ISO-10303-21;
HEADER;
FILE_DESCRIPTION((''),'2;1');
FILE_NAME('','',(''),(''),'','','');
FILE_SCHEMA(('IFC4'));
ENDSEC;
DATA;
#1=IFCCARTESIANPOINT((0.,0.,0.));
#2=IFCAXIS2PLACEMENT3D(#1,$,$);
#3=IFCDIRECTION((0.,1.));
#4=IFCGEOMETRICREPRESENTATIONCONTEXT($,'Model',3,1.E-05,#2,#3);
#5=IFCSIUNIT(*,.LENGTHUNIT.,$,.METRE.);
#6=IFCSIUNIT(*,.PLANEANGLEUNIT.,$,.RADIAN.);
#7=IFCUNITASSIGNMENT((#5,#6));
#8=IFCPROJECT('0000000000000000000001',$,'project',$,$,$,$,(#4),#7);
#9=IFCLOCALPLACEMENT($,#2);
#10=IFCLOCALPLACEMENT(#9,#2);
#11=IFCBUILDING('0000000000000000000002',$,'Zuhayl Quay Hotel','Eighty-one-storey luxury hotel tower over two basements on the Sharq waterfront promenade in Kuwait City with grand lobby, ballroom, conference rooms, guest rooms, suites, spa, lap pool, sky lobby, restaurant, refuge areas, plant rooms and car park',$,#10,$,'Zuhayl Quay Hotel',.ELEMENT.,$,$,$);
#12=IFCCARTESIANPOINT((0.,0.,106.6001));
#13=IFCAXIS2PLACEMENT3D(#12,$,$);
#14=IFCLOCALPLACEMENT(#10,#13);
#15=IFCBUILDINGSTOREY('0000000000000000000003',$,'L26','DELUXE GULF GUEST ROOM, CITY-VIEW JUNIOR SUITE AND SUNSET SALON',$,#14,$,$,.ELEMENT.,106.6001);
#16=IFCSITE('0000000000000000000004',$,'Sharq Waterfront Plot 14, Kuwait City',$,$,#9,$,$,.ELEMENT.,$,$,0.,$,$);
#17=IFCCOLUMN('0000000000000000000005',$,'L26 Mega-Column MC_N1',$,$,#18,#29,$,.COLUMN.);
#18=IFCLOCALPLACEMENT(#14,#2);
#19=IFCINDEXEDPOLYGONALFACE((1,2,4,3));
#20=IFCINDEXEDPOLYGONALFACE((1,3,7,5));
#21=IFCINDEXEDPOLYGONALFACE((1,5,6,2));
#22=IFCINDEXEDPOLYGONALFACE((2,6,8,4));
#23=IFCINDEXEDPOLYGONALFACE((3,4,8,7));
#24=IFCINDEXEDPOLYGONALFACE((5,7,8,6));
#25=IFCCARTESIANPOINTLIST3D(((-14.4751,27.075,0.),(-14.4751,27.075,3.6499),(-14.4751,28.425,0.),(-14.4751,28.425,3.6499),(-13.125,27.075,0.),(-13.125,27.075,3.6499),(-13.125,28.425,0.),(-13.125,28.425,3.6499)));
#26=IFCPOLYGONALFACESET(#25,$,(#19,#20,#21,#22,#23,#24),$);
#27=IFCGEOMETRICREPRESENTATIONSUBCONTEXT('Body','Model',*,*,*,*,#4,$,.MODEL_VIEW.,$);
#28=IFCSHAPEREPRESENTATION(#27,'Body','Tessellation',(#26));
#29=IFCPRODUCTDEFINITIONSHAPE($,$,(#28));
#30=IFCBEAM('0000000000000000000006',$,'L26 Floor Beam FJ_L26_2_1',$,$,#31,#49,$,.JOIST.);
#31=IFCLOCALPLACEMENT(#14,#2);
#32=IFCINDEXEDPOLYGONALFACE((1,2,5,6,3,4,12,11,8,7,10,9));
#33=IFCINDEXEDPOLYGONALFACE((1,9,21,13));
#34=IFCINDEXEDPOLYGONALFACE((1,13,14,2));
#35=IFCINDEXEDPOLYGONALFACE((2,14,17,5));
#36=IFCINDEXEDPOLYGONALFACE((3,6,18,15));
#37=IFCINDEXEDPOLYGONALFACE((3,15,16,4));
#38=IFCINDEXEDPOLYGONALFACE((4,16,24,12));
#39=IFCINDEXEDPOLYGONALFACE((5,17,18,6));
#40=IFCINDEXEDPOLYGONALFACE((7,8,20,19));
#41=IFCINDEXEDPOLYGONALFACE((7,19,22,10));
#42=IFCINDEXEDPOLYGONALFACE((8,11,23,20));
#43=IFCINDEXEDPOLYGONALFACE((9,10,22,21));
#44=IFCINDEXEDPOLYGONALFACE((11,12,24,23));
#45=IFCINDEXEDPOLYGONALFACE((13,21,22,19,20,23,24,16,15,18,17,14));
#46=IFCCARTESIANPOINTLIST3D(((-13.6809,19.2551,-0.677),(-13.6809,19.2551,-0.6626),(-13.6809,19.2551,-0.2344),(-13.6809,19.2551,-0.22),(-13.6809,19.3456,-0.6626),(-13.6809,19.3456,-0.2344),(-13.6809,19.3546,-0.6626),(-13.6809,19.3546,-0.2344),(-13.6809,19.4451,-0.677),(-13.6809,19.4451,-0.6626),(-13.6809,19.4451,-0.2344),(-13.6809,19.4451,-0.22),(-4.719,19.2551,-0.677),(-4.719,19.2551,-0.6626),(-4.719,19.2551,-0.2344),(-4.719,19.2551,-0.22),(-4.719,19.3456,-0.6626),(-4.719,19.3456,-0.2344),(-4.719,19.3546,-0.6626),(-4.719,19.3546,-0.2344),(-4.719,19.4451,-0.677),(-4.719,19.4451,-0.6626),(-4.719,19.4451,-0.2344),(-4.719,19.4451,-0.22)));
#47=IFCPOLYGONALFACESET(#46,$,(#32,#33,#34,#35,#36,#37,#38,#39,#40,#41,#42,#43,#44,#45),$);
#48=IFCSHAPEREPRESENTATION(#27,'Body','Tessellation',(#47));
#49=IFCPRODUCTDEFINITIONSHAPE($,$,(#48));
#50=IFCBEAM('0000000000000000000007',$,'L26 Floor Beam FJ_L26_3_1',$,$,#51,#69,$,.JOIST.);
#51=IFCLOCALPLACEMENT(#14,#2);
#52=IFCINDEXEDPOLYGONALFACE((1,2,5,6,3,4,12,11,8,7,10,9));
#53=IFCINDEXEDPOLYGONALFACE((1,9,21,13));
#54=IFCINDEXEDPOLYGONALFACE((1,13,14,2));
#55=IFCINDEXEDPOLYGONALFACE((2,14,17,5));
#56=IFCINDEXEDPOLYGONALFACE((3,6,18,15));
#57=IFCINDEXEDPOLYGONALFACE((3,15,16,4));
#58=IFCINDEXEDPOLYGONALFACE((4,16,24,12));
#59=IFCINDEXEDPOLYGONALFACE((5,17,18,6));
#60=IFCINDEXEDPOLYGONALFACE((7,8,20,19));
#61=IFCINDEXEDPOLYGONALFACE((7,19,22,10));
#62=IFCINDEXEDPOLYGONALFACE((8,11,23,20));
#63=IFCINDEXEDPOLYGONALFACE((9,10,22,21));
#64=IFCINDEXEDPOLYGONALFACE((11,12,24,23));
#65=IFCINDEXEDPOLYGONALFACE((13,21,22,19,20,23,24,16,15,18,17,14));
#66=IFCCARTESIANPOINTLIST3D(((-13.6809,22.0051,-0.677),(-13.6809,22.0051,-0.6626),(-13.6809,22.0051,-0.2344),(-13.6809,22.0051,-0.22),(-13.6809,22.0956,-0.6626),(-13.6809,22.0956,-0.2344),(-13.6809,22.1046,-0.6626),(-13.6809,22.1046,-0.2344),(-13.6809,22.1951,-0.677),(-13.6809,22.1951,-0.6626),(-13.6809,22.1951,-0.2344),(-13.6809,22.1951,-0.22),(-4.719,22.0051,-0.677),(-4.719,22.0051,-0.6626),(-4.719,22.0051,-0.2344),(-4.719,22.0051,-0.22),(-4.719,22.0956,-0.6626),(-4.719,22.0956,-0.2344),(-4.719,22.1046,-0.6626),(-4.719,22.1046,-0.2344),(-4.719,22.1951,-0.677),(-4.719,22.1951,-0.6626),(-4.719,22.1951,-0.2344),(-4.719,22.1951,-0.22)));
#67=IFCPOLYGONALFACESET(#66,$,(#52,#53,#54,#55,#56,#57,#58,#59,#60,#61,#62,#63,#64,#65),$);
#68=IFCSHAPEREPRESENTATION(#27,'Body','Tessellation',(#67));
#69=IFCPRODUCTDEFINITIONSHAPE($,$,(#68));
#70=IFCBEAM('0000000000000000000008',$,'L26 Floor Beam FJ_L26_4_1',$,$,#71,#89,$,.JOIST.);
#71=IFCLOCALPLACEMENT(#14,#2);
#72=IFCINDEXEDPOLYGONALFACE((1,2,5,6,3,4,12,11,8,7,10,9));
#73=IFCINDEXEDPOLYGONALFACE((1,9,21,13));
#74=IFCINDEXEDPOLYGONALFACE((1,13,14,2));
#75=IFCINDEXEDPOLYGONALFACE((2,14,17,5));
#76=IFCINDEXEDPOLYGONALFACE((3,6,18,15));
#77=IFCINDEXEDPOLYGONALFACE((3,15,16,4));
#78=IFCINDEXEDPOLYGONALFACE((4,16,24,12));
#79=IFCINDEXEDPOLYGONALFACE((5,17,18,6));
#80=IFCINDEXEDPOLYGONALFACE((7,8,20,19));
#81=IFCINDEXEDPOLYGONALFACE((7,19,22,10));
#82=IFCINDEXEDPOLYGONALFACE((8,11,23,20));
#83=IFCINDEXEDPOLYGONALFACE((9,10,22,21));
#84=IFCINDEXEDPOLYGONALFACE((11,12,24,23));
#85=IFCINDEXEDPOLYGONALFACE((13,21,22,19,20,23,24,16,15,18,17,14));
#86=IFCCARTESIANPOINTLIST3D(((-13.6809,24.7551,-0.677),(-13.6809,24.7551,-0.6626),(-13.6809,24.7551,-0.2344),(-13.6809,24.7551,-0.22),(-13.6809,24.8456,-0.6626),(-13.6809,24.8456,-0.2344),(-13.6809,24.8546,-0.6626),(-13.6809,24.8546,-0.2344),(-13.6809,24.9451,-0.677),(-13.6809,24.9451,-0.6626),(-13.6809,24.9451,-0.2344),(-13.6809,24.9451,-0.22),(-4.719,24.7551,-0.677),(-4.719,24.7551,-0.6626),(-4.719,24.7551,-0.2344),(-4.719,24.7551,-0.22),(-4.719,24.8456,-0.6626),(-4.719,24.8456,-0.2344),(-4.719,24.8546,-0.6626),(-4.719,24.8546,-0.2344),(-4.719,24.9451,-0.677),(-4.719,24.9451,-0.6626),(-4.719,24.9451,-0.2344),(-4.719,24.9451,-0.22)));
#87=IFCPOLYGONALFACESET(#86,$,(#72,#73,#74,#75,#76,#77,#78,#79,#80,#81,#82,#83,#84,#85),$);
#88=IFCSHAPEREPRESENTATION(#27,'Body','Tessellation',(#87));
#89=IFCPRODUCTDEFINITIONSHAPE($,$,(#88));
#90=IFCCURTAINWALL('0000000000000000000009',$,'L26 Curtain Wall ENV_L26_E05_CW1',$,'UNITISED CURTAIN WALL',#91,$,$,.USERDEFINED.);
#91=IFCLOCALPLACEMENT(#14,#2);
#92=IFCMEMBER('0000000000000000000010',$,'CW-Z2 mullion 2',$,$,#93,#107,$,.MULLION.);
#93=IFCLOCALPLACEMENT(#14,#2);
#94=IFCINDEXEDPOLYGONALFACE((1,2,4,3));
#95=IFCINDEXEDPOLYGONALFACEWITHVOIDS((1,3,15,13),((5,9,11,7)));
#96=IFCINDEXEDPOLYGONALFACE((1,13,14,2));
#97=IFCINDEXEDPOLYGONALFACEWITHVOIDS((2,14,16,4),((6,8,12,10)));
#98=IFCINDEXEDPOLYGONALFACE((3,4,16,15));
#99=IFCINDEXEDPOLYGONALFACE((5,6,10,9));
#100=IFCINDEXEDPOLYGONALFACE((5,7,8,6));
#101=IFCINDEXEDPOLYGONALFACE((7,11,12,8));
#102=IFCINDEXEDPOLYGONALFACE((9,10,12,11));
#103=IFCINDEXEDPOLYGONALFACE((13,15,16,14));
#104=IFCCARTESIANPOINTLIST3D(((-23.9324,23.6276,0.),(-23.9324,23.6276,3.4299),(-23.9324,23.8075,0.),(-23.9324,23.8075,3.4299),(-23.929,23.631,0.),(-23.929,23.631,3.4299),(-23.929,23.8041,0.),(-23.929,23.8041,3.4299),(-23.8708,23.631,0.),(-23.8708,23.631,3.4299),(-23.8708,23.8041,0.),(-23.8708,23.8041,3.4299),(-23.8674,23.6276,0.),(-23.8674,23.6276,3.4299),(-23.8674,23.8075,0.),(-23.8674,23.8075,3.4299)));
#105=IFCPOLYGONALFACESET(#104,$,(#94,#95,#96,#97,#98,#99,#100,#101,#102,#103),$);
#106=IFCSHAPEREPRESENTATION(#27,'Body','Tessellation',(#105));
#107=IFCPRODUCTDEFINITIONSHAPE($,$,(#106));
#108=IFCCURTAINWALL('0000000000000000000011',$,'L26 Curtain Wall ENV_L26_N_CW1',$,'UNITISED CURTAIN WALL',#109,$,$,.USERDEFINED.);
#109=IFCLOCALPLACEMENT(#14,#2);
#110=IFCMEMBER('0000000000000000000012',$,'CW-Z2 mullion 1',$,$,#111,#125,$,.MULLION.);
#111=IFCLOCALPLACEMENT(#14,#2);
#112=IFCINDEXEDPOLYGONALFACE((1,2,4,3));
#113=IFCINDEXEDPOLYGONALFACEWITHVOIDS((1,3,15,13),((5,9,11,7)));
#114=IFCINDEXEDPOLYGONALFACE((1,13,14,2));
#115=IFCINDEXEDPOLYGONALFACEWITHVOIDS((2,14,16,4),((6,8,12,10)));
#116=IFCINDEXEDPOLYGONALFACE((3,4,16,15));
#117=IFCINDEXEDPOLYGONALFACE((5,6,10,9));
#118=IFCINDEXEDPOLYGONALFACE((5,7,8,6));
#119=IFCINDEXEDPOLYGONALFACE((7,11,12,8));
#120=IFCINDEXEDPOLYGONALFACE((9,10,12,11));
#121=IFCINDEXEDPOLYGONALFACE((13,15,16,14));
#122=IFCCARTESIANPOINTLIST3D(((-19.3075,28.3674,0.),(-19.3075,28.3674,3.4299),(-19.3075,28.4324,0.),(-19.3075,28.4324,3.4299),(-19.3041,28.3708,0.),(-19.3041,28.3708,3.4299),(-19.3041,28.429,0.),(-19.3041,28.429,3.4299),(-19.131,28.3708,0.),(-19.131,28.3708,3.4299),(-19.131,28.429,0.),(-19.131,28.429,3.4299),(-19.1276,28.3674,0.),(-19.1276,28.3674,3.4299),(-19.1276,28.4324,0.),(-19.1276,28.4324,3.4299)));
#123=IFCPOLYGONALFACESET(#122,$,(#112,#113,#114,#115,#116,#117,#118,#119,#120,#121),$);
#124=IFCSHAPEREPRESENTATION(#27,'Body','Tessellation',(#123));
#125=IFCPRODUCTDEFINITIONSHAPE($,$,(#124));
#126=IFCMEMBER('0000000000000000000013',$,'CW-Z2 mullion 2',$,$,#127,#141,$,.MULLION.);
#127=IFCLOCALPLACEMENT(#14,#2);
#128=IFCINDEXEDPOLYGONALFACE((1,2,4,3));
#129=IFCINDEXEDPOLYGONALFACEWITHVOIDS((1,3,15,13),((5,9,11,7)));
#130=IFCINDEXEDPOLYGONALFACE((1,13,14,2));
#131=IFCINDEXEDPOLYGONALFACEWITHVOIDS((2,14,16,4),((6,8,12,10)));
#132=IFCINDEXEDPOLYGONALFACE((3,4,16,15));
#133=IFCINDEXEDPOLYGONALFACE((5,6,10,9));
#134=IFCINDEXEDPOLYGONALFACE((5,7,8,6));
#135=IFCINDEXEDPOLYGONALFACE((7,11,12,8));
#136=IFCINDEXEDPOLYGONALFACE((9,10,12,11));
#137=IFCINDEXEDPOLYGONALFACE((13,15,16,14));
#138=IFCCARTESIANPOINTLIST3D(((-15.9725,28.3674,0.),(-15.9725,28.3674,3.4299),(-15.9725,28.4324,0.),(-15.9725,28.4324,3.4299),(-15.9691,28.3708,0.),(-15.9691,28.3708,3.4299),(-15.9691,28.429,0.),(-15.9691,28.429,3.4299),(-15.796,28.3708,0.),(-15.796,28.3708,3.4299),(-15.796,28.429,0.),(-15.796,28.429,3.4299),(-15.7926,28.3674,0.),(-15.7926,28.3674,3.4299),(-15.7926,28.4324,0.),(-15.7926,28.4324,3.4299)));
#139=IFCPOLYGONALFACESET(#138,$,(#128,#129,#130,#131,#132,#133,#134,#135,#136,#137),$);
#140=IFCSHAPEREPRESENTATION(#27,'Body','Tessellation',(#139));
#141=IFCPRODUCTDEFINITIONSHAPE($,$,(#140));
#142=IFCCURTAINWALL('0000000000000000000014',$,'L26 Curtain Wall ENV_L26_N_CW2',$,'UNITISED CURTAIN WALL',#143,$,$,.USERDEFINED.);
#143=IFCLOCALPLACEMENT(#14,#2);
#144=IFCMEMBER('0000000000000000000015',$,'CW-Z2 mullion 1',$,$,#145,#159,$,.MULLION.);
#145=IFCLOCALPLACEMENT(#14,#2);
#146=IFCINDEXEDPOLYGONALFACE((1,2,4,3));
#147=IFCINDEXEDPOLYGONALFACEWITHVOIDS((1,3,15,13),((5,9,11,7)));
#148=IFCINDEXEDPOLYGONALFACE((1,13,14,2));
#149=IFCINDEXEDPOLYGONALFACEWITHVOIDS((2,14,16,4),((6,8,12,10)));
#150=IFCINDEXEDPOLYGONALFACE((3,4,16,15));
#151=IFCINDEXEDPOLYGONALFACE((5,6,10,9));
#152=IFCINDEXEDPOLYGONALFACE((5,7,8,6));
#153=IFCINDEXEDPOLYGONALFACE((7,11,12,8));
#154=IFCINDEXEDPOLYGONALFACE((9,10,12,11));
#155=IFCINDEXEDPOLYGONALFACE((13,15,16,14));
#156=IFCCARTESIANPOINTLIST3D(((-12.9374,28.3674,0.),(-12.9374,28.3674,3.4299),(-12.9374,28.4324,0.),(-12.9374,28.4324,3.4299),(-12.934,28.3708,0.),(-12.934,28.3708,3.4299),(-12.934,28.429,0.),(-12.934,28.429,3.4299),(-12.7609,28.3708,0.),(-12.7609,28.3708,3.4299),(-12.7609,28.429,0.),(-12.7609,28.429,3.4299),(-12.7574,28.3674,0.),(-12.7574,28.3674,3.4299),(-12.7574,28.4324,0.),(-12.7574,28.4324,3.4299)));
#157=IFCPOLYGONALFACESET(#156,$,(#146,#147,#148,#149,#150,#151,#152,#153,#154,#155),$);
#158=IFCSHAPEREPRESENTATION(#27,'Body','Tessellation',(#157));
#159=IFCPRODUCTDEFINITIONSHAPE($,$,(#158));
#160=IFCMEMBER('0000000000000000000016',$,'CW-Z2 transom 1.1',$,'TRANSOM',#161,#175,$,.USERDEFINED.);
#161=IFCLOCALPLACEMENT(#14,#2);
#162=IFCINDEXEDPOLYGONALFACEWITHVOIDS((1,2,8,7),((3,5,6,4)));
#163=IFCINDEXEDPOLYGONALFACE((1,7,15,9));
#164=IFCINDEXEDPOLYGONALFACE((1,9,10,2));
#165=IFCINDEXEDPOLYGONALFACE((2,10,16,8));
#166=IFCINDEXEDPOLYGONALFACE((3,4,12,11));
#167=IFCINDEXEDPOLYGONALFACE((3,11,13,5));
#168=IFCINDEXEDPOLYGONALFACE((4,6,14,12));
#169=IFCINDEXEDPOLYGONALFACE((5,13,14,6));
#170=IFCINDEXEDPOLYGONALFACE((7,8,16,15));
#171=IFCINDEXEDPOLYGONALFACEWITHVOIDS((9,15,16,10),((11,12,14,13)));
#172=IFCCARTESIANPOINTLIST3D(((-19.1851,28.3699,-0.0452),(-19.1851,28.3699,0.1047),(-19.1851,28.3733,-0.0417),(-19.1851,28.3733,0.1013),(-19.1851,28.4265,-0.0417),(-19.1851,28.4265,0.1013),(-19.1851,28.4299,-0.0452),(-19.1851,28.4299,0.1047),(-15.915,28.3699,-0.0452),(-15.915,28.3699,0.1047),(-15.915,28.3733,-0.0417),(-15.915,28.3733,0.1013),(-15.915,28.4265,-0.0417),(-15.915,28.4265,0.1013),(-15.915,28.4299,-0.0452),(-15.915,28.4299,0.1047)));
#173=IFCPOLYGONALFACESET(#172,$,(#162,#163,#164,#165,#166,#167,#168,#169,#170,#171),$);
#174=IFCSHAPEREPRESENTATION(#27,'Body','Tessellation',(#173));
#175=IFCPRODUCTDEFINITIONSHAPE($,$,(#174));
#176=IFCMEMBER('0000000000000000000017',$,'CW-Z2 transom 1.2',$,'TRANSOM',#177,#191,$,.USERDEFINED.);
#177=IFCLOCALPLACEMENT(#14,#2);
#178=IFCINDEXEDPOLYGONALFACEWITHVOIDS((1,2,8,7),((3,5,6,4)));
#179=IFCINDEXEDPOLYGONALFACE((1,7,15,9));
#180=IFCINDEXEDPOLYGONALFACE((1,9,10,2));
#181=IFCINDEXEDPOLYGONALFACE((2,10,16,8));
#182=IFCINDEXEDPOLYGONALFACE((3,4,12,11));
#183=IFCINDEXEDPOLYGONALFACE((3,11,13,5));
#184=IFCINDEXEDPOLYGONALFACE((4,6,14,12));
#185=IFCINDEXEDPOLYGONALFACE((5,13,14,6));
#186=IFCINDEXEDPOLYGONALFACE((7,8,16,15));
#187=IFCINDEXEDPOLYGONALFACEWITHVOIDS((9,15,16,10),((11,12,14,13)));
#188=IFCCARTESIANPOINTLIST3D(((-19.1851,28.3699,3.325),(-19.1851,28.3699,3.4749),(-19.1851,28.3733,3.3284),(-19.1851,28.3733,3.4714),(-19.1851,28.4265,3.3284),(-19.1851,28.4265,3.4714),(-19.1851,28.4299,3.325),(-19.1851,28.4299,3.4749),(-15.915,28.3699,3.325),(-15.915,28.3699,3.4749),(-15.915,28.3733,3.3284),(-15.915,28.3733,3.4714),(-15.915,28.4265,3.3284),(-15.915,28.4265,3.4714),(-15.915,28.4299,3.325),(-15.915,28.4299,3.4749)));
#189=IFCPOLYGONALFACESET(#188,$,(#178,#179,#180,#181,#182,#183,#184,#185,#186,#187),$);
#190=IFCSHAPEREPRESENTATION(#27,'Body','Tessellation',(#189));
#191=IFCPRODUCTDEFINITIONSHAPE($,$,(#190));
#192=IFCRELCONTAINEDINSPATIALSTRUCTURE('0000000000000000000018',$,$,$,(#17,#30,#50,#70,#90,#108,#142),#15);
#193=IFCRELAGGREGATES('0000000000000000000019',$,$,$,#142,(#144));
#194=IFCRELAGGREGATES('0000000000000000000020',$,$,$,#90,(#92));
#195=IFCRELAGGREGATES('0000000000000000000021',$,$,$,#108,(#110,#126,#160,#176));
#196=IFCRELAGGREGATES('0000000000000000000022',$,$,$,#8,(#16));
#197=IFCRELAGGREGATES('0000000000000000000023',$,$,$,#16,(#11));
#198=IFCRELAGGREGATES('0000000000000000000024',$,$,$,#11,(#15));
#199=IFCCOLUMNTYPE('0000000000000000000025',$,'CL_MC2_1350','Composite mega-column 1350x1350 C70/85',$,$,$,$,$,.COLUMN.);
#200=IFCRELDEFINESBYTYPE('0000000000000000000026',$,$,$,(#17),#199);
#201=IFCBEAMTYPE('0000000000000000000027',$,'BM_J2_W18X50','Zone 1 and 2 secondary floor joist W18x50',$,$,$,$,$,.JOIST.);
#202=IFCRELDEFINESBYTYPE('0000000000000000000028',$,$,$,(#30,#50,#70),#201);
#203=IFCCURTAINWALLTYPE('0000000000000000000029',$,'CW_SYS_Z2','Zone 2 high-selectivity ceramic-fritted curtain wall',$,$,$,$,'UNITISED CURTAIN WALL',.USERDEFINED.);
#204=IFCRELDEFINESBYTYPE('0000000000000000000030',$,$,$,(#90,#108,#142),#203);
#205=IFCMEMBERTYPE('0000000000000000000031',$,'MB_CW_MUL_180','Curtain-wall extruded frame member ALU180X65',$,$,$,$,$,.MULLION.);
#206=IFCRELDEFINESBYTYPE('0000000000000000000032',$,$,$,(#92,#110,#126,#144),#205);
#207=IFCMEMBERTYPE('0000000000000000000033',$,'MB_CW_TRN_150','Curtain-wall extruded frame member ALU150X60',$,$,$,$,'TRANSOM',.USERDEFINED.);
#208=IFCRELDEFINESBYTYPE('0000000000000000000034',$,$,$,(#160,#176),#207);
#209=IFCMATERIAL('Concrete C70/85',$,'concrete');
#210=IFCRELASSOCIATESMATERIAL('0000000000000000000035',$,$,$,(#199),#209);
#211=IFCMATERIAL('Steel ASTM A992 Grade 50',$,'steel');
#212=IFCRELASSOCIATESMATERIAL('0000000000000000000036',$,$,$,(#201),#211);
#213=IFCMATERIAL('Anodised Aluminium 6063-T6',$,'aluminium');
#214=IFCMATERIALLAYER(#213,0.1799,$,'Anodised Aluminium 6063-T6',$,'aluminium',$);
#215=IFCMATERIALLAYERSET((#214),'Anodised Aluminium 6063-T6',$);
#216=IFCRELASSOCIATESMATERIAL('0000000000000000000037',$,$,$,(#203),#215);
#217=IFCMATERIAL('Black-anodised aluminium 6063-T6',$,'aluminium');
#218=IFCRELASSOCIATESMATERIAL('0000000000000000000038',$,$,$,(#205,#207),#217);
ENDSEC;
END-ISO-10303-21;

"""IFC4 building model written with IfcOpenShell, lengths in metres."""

from ifc_helpers import new_model, si_unit, direction, frame, origin, origin_2d, place, context, subcontext, project, spatial, rectangle, hollow_rectangle, i_section, extrude, material, layer, layer_set, material_profile, profile_set, type_object, element, aggregate, save


model = new_model("IFC4")

# Units and contexts
model_context = context("Model", 3, precision=1e-05, world=origin(), true_north=direction((0.0, 1.0)))
body_context = subcontext(model_context, "Body", "Model", "MODEL_VIEW")
ifc_project = project(units=[si_unit("LENGTHUNIT", "METRE"), si_unit("PLANEANGLEUNIT", "RADIAN")], contexts=[model_context])

# Site, building, storey
site_placement = place(None, origin())
site = spatial("IfcSite", under=ifc_project, at=site_placement, Name="Sharq Waterfront Plot 14, Kuwait City", CompositionType="ELEMENT", RefElevation=0.0)
building_placement = place(site_placement, origin())
building = spatial("IfcBuilding", under=site, at=building_placement, Name="Zuhayl Quay Hotel", Description="Eighty-one-storey luxury hotel tower over two basements on the Sharq waterfront promenade in Kuwait City with grand lobby, ballroom, conference rooms, guest rooms, suites, spa, lap pool, sky lobby, restaurant, refuge areas, plant rooms and car park", LongName="Zuhayl Quay Hotel", CompositionType="ELEMENT")
storey_placement = place(building_placement, frame((0.0, 0.0, 106.6001)))
storey = spatial("IfcBuildingStorey", under=building, at=storey_placement, Name="L26", Description="DELUXE GULF GUEST ROOM, CITY-VIEW JUNIOR SUITE AND SUNSET SALON", CompositionType="ELEMENT", Elevation=106.6001)

# Column
ifc_material_1 = material(Name="Concrete C70/85", Category="concrete")
ifc_material_profile_1 = material_profile(ifc_material_1, rectangle(XDim=1.3501, YDim=1.3501, at=origin_2d()), Name="RC1350X1350")
ifc_profile_set_1 = profile_set([ifc_material_profile_1], Name="Concrete C70/85")
column_type = type_object("IfcColumnType", Name="CL_MC2_1350", Description="Composite mega-column 1350x1350 C70/85", PredefinedType="COLUMN", material=ifc_profile_set_1)
column_placement = place(storey_placement, frame((-13.8, 27.75, 0.0), z_axis=(0.0, 0.0, 1.0), x_axis=(1.0, 0.0, 0.0)))
element("IfcColumn", 1, at=column_placement, inside=storey, type_object=column_type, Name="L26 Mega-Column MC_N1", PredefinedType="COLUMN", context=body_context, shape_type="SweptSolid", body=[
    extrude(rectangle(XDim=1.3501, YDim=1.3501, at=origin_2d()), origin(), (0.0, 0.0, 1.0), 3.6499),
])

# Beams
ifc_material_2 = material(Name="Steel ASTM A992 Grade 50", Category="steel")
ifc_material_profile_2 = material_profile(ifc_material_2, i_section(OverallWidth=0.1899, OverallDepth=0.457, WebThickness=0.009, FlangeThickness=0.0144, at=origin_2d()), Name="W18X50")
ifc_profile_set_2 = profile_set([ifc_material_profile_2], Name="Steel ASTM A992 Grade 50")
beam_type = type_object("IfcBeamType", Name="BM_J2_W18X50", Description="Zone 1 and 2 secondary floor joist W18x50", PredefinedType="JOIST", material=ifc_profile_set_2)
for number, where, z_axis, x_axis, name in (
    (2, (-13.6809, 19.3501, -0.4485), (1.0, 0.0, 0.0), (0.0, 1.0, 0.0), "L26 Floor Beam FJ_L26_2_1"),
    (3, (-13.6809, 22.1001, -0.4485), (1.0, 0.0, 0.0), (0.0, 1.0, 0.0), "L26 Floor Beam FJ_L26_3_1"),
    (4, (-13.6809, 24.8501, -0.4485), (1.0, 0.0, 0.0), (0.0, 1.0, 0.0), "L26 Floor Beam FJ_L26_4_1"),
):
    element("IfcBeam", number, at=place(storey_placement, frame(where, z_axis=z_axis, x_axis=x_axis)), inside=storey, type_object=beam_type, Name=name, PredefinedType="JOIST", context=body_context, shape_type="SweptSolid", body=[
        extrude(i_section(OverallWidth=0.1899, OverallDepth=0.457, WebThickness=0.009, FlangeThickness=0.0144, at=origin_2d()), origin(), (0.0, 0.0, 1.0), 8.9619),
    ])

# Curtain wall, member
ifc_material_3 = material(Name="Anodised Aluminium 6063-T6", Category="aluminium")
ifc_layer_1 = layer(ifc_material_3, 0.1799, Name="Anodised Aluminium 6063-T6", Category="aluminium")
ifc_layer_set_1 = layer_set([ifc_layer_1], Name="Anodised Aluminium 6063-T6")
curtain_wall_type = type_object("IfcCurtainWallType", Name="CW_SYS_Z2", Description="Zone 2 high-selectivity ceramic-fritted curtain wall", ElementType="UNITISED CURTAIN WALL", PredefinedType="USERDEFINED", material=ifc_layer_set_1)
curtain_wall_1_placement = place(storey_placement, origin())
curtain_wall_1 = element("IfcCurtainWall", 5, at=curtain_wall_1_placement, inside=storey, type_object=curtain_wall_type, Name="L26 Curtain Wall ENV_L26_E05_CW1", ObjectType="UNITISED CURTAIN WALL", PredefinedType="USERDEFINED")
ifc_material_4 = material(Name="Black-anodised aluminium 6063-T6", Category="aluminium")
ifc_material_profile_3 = material_profile(ifc_material_4, hollow_rectangle(XDim=0.0649, YDim=0.1799, WallThickness=0.0034, at=origin_2d()), Name="ALU180X65")
ifc_profile_set_3 = profile_set([ifc_material_profile_3], Name="Black-anodised aluminium 6063-T6")
member_type_1 = type_object("IfcMemberType", Name="MB_CW_MUL_180", Description="Curtain-wall extruded frame member ALU180X65", PredefinedType="MULLION", material=ifc_profile_set_3)
member_1_placement = place(storey_placement, frame((-23.8999, 23.7175, 0.0), z_axis=(0.0, 0.0, 1.0), x_axis=(-1.0, 0.0, 0.0)))
member_1 = element("IfcMember", 6, at=member_1_placement, type_object=member_type_1, Name="CW-Z2 mullion 2", PredefinedType="MULLION", context=body_context, shape_type="SweptSolid", body=[
    extrude(hollow_rectangle(XDim=0.0649, YDim=0.1799, WallThickness=0.0034, at=origin_2d()), origin(), (0.0, 0.0, 1.0), 3.4299),
])

# Curtain wall, members
curtain_wall_2_placement = place(storey_placement, origin())
curtain_wall_2 = element("IfcCurtainWall", 7, at=curtain_wall_2_placement, inside=storey, type_object=curtain_wall_type, Name="L26 Curtain Wall ENV_L26_N_CW1", ObjectType="UNITISED CURTAIN WALL", PredefinedType="USERDEFINED")
member_2_placement = place(storey_placement, frame((-19.2175, 28.3999, 0.0), z_axis=(0.0, 0.0, 1.0), x_axis=(0.0, 1.0, 0.0)))
member_2 = element("IfcMember", 8, at=member_2_placement, type_object=member_type_1, Name="CW-Z2 mullion 1", PredefinedType="MULLION", context=body_context, shape_type="SweptSolid", body=[
    extrude(hollow_rectangle(XDim=0.0649, YDim=0.1799, WallThickness=0.0034, at=origin_2d()), origin(), (0.0, 0.0, 1.0), 3.4299),
])
member_3_placement = place(storey_placement, frame((-15.8826, 28.3999, 0.0), z_axis=(0.0, 0.0, 1.0), x_axis=(0.0, 1.0, 0.0)))
member_3 = element("IfcMember", 9, at=member_3_placement, type_object=member_type_1, Name="CW-Z2 mullion 2", PredefinedType="MULLION", context=body_context, shape_type="SweptSolid", body=[
    extrude(hollow_rectangle(XDim=0.0649, YDim=0.1799, WallThickness=0.0034, at=origin_2d()), origin(), (0.0, 0.0, 1.0), 3.4299),
])

# Curtain wall, member
curtain_wall_3_placement = place(storey_placement, origin())
curtain_wall_3 = element("IfcCurtainWall", 10, at=curtain_wall_3_placement, inside=storey, type_object=curtain_wall_type, Name="L26 Curtain Wall ENV_L26_N_CW2", ObjectType="UNITISED CURTAIN WALL", PredefinedType="USERDEFINED")
member_4_placement = place(storey_placement, frame((-12.8474, 28.3999, 0.0), z_axis=(0.0, 0.0, 1.0), x_axis=(0.0, 1.0, 0.0)))
member_4 = element("IfcMember", 11, at=member_4_placement, type_object=member_type_1, Name="CW-Z2 mullion 1", PredefinedType="MULLION", context=body_context, shape_type="SweptSolid", body=[
    extrude(hollow_rectangle(XDim=0.0649, YDim=0.1799, WallThickness=0.0034, at=origin_2d()), origin(), (0.0, 0.0, 1.0), 3.4299),
])

# Members
ifc_material_profile_4 = material_profile(ifc_material_4, hollow_rectangle(XDim=0.0601, YDim=0.1499, WallThickness=0.0034, at=origin_2d()), Name="ALU150X60")
ifc_profile_set_4 = profile_set([ifc_material_profile_4], Name="Black-anodised aluminium 6063-T6")
member_type_2 = type_object("IfcMemberType", Name="MB_CW_TRN_150", Description="Curtain-wall extruded frame member ALU150X60", ElementType="TRANSOM", PredefinedType="USERDEFINED", material=ifc_profile_set_4)
member_5_placement = place(storey_placement, frame((-19.1851, 28.3999, 0.0298), z_axis=(1.0, 0.0, 0.0), x_axis=(0.0, 1.0, 0.0)))
member_5 = element("IfcMember", 12, at=member_5_placement, type_object=member_type_2, Name="CW-Z2 transom 1.1", ObjectType="TRANSOM", PredefinedType="USERDEFINED", context=body_context, shape_type="SweptSolid", body=[
    extrude(hollow_rectangle(XDim=0.0601, YDim=0.1499, WallThickness=0.0034, at=origin_2d()), origin(), (0.0, 0.0, 1.0), 3.27),
])
member_6_placement = place(storey_placement, frame((-19.1851, 28.3999, 3.3999), z_axis=(1.0, 0.0, 0.0), x_axis=(0.0, 1.0, 0.0)))
member_6 = element("IfcMember", 13, at=member_6_placement, type_object=member_type_2, Name="CW-Z2 transom 1.2", ObjectType="TRANSOM", PredefinedType="USERDEFINED", context=body_context, shape_type="SweptSolid", body=[
    extrude(hollow_rectangle(XDim=0.0601, YDim=0.1499, WallThickness=0.0034, at=origin_2d()), origin(), (0.0, 0.0, 1.0), 3.27),
])
aggregate(curtain_wall_3, [member_4])

aggregate(curtain_wall_1, [member_1])
aggregate(curtain_wall_2, [member_2, member_3, member_5, member_6])

save(model, "model.ifc")
